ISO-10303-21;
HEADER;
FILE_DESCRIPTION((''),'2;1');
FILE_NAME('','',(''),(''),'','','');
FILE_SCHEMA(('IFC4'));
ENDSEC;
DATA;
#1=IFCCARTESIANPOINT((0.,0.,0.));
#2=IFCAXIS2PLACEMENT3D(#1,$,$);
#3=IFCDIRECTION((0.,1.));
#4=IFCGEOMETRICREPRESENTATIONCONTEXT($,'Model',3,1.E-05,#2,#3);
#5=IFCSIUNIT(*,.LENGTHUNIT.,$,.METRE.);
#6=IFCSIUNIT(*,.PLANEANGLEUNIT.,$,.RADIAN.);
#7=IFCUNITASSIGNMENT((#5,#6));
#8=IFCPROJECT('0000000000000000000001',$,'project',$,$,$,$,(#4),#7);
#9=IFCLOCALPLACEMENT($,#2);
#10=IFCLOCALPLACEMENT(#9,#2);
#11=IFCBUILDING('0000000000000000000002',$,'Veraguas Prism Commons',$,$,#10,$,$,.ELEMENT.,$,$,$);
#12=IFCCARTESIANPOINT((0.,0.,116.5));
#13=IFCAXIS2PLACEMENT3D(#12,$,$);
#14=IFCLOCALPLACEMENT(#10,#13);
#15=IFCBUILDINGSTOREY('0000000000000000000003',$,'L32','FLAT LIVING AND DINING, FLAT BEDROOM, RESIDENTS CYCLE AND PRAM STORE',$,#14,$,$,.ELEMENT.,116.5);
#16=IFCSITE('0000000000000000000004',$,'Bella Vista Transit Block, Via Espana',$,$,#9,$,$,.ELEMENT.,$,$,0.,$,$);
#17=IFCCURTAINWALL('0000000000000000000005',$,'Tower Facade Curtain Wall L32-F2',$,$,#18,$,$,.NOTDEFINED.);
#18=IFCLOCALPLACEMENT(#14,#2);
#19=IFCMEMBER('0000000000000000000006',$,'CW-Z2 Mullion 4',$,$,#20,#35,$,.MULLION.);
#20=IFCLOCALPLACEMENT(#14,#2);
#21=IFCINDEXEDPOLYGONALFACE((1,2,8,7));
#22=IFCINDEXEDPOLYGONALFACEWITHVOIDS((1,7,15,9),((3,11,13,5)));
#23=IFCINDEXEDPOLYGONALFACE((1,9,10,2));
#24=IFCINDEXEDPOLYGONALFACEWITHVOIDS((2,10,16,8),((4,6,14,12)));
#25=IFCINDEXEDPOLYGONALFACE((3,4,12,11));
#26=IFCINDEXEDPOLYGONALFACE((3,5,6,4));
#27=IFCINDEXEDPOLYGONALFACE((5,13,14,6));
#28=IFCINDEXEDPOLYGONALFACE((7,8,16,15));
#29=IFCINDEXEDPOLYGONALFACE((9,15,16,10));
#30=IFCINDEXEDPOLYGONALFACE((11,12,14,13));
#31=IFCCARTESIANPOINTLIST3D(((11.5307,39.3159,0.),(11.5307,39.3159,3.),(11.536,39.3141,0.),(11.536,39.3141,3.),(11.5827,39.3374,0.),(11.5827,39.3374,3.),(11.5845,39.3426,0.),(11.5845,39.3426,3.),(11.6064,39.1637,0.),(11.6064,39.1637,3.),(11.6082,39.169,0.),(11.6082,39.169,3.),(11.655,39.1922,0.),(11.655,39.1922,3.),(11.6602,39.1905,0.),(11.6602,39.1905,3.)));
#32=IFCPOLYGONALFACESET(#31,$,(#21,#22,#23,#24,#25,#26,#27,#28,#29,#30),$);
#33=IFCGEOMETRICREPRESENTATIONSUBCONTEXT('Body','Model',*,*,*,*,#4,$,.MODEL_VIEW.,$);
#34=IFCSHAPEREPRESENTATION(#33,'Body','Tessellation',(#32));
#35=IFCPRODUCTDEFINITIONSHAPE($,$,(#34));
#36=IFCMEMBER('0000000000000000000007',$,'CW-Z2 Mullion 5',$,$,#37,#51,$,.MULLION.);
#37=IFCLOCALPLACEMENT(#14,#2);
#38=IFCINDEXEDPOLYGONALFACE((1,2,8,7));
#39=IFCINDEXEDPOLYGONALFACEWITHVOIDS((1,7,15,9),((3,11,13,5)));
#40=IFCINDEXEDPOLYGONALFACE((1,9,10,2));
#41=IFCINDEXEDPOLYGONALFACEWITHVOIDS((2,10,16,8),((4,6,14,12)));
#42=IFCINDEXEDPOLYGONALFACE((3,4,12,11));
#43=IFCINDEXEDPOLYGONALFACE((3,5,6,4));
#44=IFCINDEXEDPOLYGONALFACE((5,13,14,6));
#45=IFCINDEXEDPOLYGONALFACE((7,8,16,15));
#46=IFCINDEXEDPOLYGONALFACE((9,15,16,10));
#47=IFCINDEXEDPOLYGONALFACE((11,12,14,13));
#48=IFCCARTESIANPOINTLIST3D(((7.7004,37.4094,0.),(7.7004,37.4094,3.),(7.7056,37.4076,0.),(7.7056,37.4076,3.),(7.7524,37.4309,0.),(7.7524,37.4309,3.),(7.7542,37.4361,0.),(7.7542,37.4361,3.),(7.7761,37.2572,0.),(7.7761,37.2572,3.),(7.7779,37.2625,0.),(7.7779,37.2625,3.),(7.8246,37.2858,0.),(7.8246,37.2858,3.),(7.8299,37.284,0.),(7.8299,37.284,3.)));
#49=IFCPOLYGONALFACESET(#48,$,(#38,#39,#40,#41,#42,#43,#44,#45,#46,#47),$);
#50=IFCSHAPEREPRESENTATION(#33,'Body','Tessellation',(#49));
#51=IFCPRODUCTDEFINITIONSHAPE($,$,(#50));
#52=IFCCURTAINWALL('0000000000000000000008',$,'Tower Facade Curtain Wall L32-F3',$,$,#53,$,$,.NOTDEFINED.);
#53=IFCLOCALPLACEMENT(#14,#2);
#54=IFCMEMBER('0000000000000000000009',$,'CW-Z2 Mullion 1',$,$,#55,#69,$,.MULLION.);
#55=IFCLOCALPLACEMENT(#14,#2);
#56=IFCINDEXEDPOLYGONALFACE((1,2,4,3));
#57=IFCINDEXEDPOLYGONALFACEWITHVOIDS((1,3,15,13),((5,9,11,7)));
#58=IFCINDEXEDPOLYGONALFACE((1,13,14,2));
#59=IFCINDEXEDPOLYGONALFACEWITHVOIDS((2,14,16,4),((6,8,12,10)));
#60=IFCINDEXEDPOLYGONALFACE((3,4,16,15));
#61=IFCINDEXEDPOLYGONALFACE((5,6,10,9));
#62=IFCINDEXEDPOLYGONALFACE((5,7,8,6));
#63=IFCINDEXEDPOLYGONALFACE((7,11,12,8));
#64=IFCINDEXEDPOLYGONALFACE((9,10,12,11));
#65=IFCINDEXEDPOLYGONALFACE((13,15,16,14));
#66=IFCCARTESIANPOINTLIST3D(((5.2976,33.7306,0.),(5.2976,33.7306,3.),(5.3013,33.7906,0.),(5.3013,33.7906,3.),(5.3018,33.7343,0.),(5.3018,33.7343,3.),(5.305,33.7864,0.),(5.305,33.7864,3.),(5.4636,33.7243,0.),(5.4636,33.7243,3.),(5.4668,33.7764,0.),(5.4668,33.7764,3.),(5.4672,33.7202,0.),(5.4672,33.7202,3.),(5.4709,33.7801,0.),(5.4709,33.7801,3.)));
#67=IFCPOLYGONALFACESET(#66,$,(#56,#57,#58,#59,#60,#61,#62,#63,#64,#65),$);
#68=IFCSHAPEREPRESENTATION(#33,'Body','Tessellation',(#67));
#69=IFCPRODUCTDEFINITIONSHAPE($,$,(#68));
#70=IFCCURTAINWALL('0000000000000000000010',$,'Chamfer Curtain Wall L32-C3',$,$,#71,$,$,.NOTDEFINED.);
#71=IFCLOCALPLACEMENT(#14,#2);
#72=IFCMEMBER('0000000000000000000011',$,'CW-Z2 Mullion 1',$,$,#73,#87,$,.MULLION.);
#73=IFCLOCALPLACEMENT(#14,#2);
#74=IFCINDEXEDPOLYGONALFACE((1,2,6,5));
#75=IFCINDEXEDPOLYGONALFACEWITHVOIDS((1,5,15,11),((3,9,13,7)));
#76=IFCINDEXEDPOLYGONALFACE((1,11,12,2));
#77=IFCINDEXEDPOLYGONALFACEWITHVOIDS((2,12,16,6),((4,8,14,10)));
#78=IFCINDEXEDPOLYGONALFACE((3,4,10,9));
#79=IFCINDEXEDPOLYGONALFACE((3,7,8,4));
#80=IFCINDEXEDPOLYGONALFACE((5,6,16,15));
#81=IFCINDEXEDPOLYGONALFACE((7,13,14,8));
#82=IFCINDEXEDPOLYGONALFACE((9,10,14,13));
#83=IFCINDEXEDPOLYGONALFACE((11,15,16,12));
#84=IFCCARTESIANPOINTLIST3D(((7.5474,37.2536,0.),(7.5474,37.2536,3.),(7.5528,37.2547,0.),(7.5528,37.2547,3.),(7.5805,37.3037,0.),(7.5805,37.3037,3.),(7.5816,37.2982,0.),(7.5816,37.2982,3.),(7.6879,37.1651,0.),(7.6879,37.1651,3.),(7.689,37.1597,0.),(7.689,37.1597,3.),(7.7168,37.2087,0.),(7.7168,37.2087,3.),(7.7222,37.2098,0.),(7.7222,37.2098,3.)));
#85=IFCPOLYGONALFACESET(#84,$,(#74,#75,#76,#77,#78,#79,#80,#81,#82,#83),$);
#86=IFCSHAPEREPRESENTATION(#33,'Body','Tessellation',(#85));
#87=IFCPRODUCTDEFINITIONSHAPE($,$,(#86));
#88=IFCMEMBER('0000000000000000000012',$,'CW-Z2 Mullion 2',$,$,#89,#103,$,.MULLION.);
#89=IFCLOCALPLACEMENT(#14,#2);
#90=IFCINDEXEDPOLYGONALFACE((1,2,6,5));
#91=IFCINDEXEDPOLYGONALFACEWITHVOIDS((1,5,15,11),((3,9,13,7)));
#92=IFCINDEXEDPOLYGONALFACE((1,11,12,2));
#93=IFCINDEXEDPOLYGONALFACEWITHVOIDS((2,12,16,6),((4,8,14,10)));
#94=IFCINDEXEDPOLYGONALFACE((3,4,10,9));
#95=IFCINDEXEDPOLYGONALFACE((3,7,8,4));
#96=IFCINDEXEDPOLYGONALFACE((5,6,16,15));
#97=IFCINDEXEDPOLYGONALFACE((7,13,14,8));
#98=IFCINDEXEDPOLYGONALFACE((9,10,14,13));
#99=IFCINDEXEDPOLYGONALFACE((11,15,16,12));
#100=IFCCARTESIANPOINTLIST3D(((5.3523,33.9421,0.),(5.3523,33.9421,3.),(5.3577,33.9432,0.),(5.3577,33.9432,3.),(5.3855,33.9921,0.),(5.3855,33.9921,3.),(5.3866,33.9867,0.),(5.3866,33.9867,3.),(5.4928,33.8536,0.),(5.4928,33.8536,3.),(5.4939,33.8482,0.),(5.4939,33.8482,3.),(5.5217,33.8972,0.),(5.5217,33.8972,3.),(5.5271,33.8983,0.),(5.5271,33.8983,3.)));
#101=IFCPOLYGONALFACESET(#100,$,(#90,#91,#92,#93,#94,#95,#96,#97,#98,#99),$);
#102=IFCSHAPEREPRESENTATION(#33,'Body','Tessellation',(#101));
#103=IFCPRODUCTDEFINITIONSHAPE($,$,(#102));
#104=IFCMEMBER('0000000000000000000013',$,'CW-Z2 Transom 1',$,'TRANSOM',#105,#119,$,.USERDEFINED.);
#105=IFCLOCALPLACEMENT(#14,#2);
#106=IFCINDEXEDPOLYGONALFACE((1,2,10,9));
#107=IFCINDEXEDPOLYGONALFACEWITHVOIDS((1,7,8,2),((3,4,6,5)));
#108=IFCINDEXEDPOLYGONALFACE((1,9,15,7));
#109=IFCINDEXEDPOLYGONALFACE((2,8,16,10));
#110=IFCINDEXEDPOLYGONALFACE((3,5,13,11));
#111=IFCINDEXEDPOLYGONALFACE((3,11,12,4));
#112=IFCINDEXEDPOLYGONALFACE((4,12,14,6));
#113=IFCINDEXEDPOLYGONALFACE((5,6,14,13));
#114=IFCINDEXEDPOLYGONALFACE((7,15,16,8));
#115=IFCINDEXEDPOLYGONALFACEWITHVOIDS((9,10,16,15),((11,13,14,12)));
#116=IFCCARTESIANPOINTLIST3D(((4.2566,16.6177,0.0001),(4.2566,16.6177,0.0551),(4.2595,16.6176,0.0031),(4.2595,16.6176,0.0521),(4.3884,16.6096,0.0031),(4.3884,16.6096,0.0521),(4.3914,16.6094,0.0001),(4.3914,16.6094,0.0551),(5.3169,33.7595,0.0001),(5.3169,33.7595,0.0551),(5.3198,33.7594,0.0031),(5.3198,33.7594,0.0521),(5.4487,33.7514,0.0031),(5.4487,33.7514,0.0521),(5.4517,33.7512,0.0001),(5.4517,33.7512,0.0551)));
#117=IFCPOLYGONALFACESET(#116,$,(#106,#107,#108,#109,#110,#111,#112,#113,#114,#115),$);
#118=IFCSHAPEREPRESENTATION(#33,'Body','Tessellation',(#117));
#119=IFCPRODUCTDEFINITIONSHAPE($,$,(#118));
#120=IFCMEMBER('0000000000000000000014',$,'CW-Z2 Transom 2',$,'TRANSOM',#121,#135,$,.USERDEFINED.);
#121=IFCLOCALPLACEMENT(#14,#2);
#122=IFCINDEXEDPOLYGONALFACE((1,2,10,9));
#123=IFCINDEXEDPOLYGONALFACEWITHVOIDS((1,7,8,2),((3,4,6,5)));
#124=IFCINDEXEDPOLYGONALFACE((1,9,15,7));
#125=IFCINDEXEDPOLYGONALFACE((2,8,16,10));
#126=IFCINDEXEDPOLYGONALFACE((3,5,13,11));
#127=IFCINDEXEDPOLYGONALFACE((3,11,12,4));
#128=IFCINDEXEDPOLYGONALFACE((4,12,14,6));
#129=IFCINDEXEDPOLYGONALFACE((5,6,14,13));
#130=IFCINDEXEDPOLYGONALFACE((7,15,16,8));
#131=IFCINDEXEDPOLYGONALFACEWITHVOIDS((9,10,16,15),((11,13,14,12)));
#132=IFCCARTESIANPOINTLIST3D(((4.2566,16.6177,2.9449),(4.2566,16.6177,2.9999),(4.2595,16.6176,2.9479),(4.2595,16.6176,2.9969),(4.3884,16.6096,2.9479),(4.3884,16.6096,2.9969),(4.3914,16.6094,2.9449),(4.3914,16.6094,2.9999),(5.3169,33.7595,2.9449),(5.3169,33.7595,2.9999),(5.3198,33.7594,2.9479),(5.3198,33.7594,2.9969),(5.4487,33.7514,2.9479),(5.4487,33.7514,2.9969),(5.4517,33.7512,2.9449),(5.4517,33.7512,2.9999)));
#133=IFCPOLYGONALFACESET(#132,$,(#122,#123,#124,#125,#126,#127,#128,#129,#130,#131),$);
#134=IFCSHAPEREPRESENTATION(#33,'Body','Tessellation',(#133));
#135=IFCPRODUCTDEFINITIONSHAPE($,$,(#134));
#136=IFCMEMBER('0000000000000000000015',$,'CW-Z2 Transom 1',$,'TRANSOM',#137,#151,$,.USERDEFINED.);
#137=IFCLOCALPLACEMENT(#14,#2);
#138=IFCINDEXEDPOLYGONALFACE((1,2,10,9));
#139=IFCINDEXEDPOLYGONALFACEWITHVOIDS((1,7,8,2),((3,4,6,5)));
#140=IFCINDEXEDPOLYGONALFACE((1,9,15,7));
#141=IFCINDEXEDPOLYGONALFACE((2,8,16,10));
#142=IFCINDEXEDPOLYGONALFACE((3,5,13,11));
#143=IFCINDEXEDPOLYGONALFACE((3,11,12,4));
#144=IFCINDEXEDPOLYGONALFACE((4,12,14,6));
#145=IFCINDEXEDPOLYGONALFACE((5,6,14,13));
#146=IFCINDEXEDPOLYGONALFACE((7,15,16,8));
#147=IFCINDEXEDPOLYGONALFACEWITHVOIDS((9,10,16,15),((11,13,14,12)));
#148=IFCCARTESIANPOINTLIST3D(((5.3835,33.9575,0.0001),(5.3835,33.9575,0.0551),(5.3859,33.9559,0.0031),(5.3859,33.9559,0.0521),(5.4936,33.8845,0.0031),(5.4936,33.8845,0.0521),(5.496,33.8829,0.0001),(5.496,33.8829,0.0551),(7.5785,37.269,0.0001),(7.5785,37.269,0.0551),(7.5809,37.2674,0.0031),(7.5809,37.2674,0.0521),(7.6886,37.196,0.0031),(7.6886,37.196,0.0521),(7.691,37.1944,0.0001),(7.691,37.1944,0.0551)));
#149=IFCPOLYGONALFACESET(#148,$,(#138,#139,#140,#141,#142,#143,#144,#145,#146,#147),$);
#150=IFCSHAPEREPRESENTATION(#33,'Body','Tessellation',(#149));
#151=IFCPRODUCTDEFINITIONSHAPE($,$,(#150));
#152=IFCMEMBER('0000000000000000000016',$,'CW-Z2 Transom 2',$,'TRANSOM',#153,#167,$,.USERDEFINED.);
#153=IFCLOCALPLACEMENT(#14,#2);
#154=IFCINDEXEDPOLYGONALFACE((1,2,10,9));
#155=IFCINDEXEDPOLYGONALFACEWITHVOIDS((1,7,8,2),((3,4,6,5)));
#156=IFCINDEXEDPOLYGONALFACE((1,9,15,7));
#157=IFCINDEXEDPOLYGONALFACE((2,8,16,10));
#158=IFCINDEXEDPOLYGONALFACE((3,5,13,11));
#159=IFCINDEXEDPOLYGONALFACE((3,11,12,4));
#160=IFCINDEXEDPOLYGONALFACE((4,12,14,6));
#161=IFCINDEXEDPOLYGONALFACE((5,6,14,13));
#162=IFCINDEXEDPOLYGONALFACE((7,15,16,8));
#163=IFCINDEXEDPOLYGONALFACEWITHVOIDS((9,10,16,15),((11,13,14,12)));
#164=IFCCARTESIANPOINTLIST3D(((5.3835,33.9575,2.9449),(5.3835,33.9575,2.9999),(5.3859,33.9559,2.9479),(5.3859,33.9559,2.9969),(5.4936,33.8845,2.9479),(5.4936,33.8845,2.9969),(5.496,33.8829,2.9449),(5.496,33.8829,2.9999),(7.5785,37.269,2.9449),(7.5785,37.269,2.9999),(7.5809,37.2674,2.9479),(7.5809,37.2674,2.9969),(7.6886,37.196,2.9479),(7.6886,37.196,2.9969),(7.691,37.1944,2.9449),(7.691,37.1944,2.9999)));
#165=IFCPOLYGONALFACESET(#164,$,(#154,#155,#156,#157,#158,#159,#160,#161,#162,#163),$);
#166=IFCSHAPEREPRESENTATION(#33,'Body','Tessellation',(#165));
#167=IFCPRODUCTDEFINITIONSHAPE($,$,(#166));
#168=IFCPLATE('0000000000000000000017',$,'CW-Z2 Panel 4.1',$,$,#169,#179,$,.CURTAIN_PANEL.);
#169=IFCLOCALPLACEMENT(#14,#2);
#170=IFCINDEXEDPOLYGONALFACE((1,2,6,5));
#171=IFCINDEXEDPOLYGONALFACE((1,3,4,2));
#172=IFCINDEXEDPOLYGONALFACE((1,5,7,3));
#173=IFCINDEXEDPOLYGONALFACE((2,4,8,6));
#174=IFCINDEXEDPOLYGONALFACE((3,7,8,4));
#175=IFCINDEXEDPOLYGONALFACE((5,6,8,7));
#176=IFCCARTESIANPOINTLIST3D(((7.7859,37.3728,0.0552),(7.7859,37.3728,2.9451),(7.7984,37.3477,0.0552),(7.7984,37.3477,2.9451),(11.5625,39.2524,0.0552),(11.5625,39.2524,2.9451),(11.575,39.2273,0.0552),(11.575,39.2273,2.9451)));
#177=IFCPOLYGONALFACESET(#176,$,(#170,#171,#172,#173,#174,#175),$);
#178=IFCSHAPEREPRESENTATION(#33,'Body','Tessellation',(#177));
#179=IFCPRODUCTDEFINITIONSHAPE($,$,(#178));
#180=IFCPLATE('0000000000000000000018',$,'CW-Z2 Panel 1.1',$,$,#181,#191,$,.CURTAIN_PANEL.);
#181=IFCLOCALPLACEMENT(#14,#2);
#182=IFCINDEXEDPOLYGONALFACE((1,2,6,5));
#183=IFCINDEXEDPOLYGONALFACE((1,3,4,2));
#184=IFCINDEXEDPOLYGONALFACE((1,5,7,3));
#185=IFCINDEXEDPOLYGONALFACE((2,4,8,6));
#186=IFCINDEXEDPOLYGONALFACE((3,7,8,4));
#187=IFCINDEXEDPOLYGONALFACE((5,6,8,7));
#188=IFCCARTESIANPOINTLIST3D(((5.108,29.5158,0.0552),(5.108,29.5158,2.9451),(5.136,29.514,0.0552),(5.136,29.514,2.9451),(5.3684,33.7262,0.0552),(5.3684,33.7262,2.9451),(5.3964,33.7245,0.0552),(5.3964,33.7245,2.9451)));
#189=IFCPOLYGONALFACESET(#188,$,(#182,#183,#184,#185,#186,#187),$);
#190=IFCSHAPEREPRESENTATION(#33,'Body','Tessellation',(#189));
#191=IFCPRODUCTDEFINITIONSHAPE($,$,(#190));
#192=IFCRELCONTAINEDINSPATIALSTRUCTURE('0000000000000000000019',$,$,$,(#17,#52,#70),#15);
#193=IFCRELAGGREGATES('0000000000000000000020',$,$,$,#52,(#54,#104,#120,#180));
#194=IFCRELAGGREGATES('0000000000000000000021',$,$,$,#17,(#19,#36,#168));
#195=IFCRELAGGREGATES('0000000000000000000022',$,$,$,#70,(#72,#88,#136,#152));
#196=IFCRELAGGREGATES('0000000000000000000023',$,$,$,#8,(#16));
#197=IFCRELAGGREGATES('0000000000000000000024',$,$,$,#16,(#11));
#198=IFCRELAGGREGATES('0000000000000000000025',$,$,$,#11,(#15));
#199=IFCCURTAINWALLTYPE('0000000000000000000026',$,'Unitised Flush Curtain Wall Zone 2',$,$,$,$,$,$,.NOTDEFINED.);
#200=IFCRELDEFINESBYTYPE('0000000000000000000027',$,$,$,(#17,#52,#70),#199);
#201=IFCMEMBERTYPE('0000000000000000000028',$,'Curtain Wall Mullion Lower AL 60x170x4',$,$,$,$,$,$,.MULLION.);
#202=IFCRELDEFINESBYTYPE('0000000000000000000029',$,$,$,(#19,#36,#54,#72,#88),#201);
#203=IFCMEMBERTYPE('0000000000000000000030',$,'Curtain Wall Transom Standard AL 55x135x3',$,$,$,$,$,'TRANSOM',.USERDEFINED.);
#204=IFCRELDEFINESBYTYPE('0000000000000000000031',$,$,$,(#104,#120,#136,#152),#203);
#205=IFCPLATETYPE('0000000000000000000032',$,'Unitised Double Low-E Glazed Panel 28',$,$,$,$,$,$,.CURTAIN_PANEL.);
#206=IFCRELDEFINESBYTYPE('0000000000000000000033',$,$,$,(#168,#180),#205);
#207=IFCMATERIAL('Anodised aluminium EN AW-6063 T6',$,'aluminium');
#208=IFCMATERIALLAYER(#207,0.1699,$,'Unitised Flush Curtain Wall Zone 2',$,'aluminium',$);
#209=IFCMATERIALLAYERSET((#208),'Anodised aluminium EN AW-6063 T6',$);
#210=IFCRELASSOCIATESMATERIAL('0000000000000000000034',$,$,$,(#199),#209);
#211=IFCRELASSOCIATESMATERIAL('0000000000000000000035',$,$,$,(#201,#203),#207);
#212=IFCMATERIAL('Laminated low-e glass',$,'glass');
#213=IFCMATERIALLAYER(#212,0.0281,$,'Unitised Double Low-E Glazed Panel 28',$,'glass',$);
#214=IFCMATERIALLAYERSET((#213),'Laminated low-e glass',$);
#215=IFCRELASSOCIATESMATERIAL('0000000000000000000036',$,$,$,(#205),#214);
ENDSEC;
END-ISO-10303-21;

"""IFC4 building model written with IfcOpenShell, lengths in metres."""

from ifc_helpers import new_model, si_unit, direction, frame, origin, origin_2d, place, context, subcontext, project, spatial, rectangle, hollow_rectangle, extrude, source, transform, mapped, material, layer, layer_set, material_profile, profile_set, type_object, element, aggregate, save


model = new_model("IFC4")

# Units and contexts
model_context = context("Model", 3, precision=1e-05, world=origin(), true_north=direction((0.0, 1.0)))
body_context = subcontext(model_context, "Body", "Model", "MODEL_VIEW")
ifc_project = project(units=[si_unit("LENGTHUNIT", "METRE"), si_unit("PLANEANGLEUNIT", "RADIAN")], contexts=[model_context])

# Site, building, storey
site_placement = place(None, origin())
site = spatial("IfcSite", under=ifc_project, at=site_placement, Name="Bella Vista Transit Block, Via Espana", CompositionType="ELEMENT", RefElevation=0.0)
building_placement = place(site_placement, origin())
building = spatial("IfcBuilding", under=site, at=building_placement, Name="Veraguas Prism Commons", CompositionType="ELEMENT")
storey_placement = place(building_placement, frame((0.0, 0.0, 116.5)))
storey = spatial("IfcBuildingStorey", under=building, at=storey_placement, Name="L32", Description="FLAT LIVING AND DINING, FLAT BEDROOM, RESIDENTS CYCLE AND PRAM STORE", CompositionType="ELEMENT", Elevation=116.5)

# Curtain wall, members
ifc_material_1 = material(Name="Anodised aluminium EN AW-6063 T6", Category="aluminium")
ifc_layer_1 = layer(ifc_material_1, 0.1699, Name="Unitised Flush Curtain Wall Zone 2", Category="aluminium")
ifc_layer_set_1 = layer_set([ifc_layer_1], Name="Anodised aluminium EN AW-6063 T6")
curtain_wall_type = type_object("IfcCurtainWallType", Name="Unitised Flush Curtain Wall Zone 2", PredefinedType="NOTDEFINED", material=ifc_layer_set_1)
curtain_wall_1_placement = place(storey_placement, origin())
curtain_wall_1 = element("IfcCurtainWall", 1, at=curtain_wall_1_placement, inside=storey, type_object=curtain_wall_type, Name="Tower Facade Curtain Wall L32-F2", PredefinedType="NOTDEFINED")
ifc_material_profile_1 = material_profile(ifc_material_1, hollow_rectangle(XDim=0.0601, YDim=0.1699, WallThickness=0.0039, at=origin_2d()), Name="AL60X170X4")
ifc_profile_set_1 = profile_set([ifc_material_profile_1], Name="Anodised aluminium EN AW-6063 T6")
member_type_1 = type_object("IfcMemberType", Name="Curtain Wall Mullion Lower AL 60x170x4", PredefinedType="MULLION", material=ifc_profile_set_1)
shared_shape_1 = source(origin(), body_context, "Body", "SweptSolid", [
    extrude(hollow_rectangle(XDim=0.0601, YDim=0.1699, WallThickness=0.0039, at=origin_2d()), origin(), (0.0, 0.0, 1.0), 3.0),
])
member_1_placement = place(storey_placement, frame((11.5955, 39.2532, 0.0), z_axis=(0.0, 0.0, 1.0), x_axis=(-0.895245, -0.445574, 0.0)))
member_1 = element("IfcMember", 2, at=member_1_placement, type_object=member_type_1, Name="CW-Z2 Mullion 4", PredefinedType="MULLION", context=body_context, shape_type="MappedRepresentation", body=[
    mapped(shared_shape_1, transform((0.0, 0.0, 0.0), scale=1.0)),
])
member_2_placement = place(storey_placement, frame((7.7651, 37.3467, 0.0), z_axis=(0.0, 0.0, 1.0), x_axis=(-0.895245, -0.445574, 0.0)))
member_2 = element("IfcMember", 3, at=member_2_placement, type_object=member_type_1, Name="CW-Z2 Mullion 5", PredefinedType="MULLION", context=body_context, shape_type="MappedRepresentation", body=[
    mapped(shared_shape_1, transform((0.0, 0.0, 0.0), scale=1.0)),
])

# Curtain wall, member
curtain_wall_2_placement = place(storey_placement, origin())
curtain_wall_2 = element("IfcCurtainWall", 4, at=curtain_wall_2_placement, inside=storey, type_object=curtain_wall_type, Name="Tower Facade Curtain Wall L32-F3", PredefinedType="NOTDEFINED")
member_3_placement = place(storey_placement, frame((5.3843, 33.7554, 0.0), z_axis=(0.0, 0.0, 1.0), x_axis=(-0.061744, -0.998092, 0.0)))
member_3 = element("IfcMember", 5, at=member_3_placement, type_object=member_type_1, Name="CW-Z2 Mullion 1", PredefinedType="MULLION", context=body_context, shape_type="MappedRepresentation", body=[
    mapped(shared_shape_1, transform((0.0, 0.0, 0.0), scale=1.0)),
])

# Curtain wall, members
curtain_wall_3_placement = place(storey_placement, origin())
curtain_wall_3 = element("IfcCurtainWall", 6, at=curtain_wall_3_placement, inside=storey, type_object=curtain_wall_type, Name="Chamfer Curtain Wall L32-C3", PredefinedType="NOTDEFINED")
member_4_placement = place(storey_placement, frame((7.6348, 37.2317, 0.0), z_axis=(0.0, 0.0, 1.0), x_axis=(-0.552507, -0.833508, 0.0)))
member_4 = element("IfcMember", 7, at=member_4_placement, type_object=member_type_1, Name="CW-Z2 Mullion 1", PredefinedType="MULLION", context=body_context, shape_type="MappedRepresentation", body=[
    mapped(shared_shape_1, transform((0.0, 0.0, 0.0), scale=1.0)),
])
member_5_placement = place(storey_placement, frame((5.4397, 33.9202, 0.0), z_axis=(0.0, 0.0, 1.0), x_axis=(-0.552507, -0.833508, 0.0)))
member_5 = element("IfcMember", 8, at=member_5_placement, type_object=member_type_1, Name="CW-Z2 Mullion 2", PredefinedType="MULLION", context=body_context, shape_type="MappedRepresentation", body=[
    mapped(shared_shape_1, transform((0.0, 0.0, 0.0), scale=1.0)),
])

# Members
ifc_material_profile_2 = material_profile(ifc_material_1, hollow_rectangle(XDim=0.0549, YDim=0.135, WallThickness=0.0029, at=origin_2d()), Name="AL55X135X3")
ifc_profile_set_2 = profile_set([ifc_material_profile_2], Name="Anodised aluminium EN AW-6063 T6")
member_type_2 = type_object("IfcMemberType", Name="Curtain Wall Transom Standard AL 55x135x3", ElementType="TRANSOM", PredefinedType="USERDEFINED", material=ifc_profile_set_2)
shared_shape_2 = source(origin(), body_context, "Body", "SweptSolid", [
    extrude(hollow_rectangle(XDim=0.0549, YDim=0.135, WallThickness=0.0029, at=origin_2d()), origin(), (0.0, 0.0, 1.0), 17.1746),
])
member_6_placement = place(storey_placement, frame((5.3843, 33.7554, 0.0276), z_axis=(-0.061737, -0.998092, 0.0), x_axis=(0.0, 0.0, 1.0)))
member_6 = element("IfcMember", 9, at=member_6_placement, type_object=member_type_2, Name="CW-Z2 Transom 1", ObjectType="TRANSOM", PredefinedType="USERDEFINED", context=body_context, shape_type="MappedRepresentation", body=[
    mapped(shared_shape_2, transform((0.0, 0.0, 0.0), scale=1.0)),
])
member_7_placement = place(storey_placement, frame((5.3843, 33.7554, 2.9724), z_axis=(-0.061737, -0.998092, 0.0), x_axis=(0.0, 0.0, 1.0)))
member_7 = element("IfcMember", 10, at=member_7_placement, type_object=member_type_2, Name="CW-Z2 Transom 2", ObjectType="TRANSOM", PredefinedType="USERDEFINED", context=body_context, shape_type="MappedRepresentation", body=[
    mapped(shared_shape_2, transform((0.0, 0.0, 0.0), scale=1.0)),
])
shared_shape_3 = source(origin(), body_context, "Body", "SweptSolid", [
    extrude(hollow_rectangle(XDim=0.0549, YDim=0.135, WallThickness=0.0029, at=origin_2d()), origin(), (0.0, 0.0, 1.0), 3.9729),
])
member_8_placement = place(storey_placement, frame((7.6348, 37.2317, 0.0276), z_axis=(-0.5525, -0.833513, 0.0), x_axis=(0.0, 0.0, 1.0)))
member_8 = element("IfcMember", 11, at=member_8_placement, type_object=member_type_2, Name="CW-Z2 Transom 1", ObjectType="TRANSOM", PredefinedType="USERDEFINED", context=body_context, shape_type="MappedRepresentation", body=[
    mapped(shared_shape_3, transform((0.0, 0.0, 0.0), scale=1.0)),
])
member_9_placement = place(storey_placement, frame((7.6348, 37.2317, 2.9724), z_axis=(-0.5525, -0.833513, 0.0), x_axis=(0.0, 0.0, 1.0)))
member_9 = element("IfcMember", 12, at=member_9_placement, type_object=member_type_2, Name="CW-Z2 Transom 2", ObjectType="TRANSOM", PredefinedType="USERDEFINED", context=body_context, shape_type="MappedRepresentation", body=[
    mapped(shared_shape_3, transform((0.0, 0.0, 0.0), scale=1.0)),
])

# Plates
ifc_material_2 = material(Name="Laminated low-e glass", Category="glass")
ifc_layer_2 = layer(ifc_material_2, 0.0281, Name="Unitised Double Low-E Glazed Panel 28", Category="glass")
ifc_layer_set_2 = layer_set([ifc_layer_2], Name="Laminated low-e glass")
plate_type = type_object("IfcPlateType", Name="Unitised Double Low-E Glazed Panel 28", PredefinedType="CURTAIN_PANEL", material=ifc_layer_set_2)
shared_shape_4 = source(origin(), body_context, "Body", "SweptSolid", [
    extrude(rectangle(XDim=4.2185, YDim=0.0281, at=origin_2d()), origin(), (0.0, 0.0, 1.0), 2.8899),
])
plate_1_placement = place(storey_placement, frame((9.6804, 38.3, 0.0552), z_axis=(0.0, 0.0, 1.0), x_axis=(-0.895245, -0.445574, 0.0)))
plate_1 = element("IfcPlate", 13, at=plate_1_placement, type_object=plate_type, Name="CW-Z2 Panel 4.1", PredefinedType="CURTAIN_PANEL", context=body_context, shape_type="MappedRepresentation", body=[
    mapped(shared_shape_4, transform((0.0, 0.0, 0.0), scale=1.0)),
])
plate_2_placement = place(storey_placement, frame((5.2522, 31.6201, 0.0552), z_axis=(0.0, 0.0, 1.0), x_axis=(-0.061744, -0.998092, 0.0)))
plate_2 = element("IfcPlate", 14, at=plate_2_placement, type_object=plate_type, Name="CW-Z2 Panel 1.1", PredefinedType="CURTAIN_PANEL", context=body_context, shape_type="MappedRepresentation", body=[
    mapped(shared_shape_4, transform((0.0, 0.0, 0.0), scale=1.0)),
])
aggregate(curtain_wall_2, [member_3, member_6, member_7, plate_2])
aggregate(curtain_wall_1, [member_1, member_2, plate_1])
aggregate(curtain_wall_3, [member_4, member_5, member_8, member_9])

save(model, "model.ifc")
